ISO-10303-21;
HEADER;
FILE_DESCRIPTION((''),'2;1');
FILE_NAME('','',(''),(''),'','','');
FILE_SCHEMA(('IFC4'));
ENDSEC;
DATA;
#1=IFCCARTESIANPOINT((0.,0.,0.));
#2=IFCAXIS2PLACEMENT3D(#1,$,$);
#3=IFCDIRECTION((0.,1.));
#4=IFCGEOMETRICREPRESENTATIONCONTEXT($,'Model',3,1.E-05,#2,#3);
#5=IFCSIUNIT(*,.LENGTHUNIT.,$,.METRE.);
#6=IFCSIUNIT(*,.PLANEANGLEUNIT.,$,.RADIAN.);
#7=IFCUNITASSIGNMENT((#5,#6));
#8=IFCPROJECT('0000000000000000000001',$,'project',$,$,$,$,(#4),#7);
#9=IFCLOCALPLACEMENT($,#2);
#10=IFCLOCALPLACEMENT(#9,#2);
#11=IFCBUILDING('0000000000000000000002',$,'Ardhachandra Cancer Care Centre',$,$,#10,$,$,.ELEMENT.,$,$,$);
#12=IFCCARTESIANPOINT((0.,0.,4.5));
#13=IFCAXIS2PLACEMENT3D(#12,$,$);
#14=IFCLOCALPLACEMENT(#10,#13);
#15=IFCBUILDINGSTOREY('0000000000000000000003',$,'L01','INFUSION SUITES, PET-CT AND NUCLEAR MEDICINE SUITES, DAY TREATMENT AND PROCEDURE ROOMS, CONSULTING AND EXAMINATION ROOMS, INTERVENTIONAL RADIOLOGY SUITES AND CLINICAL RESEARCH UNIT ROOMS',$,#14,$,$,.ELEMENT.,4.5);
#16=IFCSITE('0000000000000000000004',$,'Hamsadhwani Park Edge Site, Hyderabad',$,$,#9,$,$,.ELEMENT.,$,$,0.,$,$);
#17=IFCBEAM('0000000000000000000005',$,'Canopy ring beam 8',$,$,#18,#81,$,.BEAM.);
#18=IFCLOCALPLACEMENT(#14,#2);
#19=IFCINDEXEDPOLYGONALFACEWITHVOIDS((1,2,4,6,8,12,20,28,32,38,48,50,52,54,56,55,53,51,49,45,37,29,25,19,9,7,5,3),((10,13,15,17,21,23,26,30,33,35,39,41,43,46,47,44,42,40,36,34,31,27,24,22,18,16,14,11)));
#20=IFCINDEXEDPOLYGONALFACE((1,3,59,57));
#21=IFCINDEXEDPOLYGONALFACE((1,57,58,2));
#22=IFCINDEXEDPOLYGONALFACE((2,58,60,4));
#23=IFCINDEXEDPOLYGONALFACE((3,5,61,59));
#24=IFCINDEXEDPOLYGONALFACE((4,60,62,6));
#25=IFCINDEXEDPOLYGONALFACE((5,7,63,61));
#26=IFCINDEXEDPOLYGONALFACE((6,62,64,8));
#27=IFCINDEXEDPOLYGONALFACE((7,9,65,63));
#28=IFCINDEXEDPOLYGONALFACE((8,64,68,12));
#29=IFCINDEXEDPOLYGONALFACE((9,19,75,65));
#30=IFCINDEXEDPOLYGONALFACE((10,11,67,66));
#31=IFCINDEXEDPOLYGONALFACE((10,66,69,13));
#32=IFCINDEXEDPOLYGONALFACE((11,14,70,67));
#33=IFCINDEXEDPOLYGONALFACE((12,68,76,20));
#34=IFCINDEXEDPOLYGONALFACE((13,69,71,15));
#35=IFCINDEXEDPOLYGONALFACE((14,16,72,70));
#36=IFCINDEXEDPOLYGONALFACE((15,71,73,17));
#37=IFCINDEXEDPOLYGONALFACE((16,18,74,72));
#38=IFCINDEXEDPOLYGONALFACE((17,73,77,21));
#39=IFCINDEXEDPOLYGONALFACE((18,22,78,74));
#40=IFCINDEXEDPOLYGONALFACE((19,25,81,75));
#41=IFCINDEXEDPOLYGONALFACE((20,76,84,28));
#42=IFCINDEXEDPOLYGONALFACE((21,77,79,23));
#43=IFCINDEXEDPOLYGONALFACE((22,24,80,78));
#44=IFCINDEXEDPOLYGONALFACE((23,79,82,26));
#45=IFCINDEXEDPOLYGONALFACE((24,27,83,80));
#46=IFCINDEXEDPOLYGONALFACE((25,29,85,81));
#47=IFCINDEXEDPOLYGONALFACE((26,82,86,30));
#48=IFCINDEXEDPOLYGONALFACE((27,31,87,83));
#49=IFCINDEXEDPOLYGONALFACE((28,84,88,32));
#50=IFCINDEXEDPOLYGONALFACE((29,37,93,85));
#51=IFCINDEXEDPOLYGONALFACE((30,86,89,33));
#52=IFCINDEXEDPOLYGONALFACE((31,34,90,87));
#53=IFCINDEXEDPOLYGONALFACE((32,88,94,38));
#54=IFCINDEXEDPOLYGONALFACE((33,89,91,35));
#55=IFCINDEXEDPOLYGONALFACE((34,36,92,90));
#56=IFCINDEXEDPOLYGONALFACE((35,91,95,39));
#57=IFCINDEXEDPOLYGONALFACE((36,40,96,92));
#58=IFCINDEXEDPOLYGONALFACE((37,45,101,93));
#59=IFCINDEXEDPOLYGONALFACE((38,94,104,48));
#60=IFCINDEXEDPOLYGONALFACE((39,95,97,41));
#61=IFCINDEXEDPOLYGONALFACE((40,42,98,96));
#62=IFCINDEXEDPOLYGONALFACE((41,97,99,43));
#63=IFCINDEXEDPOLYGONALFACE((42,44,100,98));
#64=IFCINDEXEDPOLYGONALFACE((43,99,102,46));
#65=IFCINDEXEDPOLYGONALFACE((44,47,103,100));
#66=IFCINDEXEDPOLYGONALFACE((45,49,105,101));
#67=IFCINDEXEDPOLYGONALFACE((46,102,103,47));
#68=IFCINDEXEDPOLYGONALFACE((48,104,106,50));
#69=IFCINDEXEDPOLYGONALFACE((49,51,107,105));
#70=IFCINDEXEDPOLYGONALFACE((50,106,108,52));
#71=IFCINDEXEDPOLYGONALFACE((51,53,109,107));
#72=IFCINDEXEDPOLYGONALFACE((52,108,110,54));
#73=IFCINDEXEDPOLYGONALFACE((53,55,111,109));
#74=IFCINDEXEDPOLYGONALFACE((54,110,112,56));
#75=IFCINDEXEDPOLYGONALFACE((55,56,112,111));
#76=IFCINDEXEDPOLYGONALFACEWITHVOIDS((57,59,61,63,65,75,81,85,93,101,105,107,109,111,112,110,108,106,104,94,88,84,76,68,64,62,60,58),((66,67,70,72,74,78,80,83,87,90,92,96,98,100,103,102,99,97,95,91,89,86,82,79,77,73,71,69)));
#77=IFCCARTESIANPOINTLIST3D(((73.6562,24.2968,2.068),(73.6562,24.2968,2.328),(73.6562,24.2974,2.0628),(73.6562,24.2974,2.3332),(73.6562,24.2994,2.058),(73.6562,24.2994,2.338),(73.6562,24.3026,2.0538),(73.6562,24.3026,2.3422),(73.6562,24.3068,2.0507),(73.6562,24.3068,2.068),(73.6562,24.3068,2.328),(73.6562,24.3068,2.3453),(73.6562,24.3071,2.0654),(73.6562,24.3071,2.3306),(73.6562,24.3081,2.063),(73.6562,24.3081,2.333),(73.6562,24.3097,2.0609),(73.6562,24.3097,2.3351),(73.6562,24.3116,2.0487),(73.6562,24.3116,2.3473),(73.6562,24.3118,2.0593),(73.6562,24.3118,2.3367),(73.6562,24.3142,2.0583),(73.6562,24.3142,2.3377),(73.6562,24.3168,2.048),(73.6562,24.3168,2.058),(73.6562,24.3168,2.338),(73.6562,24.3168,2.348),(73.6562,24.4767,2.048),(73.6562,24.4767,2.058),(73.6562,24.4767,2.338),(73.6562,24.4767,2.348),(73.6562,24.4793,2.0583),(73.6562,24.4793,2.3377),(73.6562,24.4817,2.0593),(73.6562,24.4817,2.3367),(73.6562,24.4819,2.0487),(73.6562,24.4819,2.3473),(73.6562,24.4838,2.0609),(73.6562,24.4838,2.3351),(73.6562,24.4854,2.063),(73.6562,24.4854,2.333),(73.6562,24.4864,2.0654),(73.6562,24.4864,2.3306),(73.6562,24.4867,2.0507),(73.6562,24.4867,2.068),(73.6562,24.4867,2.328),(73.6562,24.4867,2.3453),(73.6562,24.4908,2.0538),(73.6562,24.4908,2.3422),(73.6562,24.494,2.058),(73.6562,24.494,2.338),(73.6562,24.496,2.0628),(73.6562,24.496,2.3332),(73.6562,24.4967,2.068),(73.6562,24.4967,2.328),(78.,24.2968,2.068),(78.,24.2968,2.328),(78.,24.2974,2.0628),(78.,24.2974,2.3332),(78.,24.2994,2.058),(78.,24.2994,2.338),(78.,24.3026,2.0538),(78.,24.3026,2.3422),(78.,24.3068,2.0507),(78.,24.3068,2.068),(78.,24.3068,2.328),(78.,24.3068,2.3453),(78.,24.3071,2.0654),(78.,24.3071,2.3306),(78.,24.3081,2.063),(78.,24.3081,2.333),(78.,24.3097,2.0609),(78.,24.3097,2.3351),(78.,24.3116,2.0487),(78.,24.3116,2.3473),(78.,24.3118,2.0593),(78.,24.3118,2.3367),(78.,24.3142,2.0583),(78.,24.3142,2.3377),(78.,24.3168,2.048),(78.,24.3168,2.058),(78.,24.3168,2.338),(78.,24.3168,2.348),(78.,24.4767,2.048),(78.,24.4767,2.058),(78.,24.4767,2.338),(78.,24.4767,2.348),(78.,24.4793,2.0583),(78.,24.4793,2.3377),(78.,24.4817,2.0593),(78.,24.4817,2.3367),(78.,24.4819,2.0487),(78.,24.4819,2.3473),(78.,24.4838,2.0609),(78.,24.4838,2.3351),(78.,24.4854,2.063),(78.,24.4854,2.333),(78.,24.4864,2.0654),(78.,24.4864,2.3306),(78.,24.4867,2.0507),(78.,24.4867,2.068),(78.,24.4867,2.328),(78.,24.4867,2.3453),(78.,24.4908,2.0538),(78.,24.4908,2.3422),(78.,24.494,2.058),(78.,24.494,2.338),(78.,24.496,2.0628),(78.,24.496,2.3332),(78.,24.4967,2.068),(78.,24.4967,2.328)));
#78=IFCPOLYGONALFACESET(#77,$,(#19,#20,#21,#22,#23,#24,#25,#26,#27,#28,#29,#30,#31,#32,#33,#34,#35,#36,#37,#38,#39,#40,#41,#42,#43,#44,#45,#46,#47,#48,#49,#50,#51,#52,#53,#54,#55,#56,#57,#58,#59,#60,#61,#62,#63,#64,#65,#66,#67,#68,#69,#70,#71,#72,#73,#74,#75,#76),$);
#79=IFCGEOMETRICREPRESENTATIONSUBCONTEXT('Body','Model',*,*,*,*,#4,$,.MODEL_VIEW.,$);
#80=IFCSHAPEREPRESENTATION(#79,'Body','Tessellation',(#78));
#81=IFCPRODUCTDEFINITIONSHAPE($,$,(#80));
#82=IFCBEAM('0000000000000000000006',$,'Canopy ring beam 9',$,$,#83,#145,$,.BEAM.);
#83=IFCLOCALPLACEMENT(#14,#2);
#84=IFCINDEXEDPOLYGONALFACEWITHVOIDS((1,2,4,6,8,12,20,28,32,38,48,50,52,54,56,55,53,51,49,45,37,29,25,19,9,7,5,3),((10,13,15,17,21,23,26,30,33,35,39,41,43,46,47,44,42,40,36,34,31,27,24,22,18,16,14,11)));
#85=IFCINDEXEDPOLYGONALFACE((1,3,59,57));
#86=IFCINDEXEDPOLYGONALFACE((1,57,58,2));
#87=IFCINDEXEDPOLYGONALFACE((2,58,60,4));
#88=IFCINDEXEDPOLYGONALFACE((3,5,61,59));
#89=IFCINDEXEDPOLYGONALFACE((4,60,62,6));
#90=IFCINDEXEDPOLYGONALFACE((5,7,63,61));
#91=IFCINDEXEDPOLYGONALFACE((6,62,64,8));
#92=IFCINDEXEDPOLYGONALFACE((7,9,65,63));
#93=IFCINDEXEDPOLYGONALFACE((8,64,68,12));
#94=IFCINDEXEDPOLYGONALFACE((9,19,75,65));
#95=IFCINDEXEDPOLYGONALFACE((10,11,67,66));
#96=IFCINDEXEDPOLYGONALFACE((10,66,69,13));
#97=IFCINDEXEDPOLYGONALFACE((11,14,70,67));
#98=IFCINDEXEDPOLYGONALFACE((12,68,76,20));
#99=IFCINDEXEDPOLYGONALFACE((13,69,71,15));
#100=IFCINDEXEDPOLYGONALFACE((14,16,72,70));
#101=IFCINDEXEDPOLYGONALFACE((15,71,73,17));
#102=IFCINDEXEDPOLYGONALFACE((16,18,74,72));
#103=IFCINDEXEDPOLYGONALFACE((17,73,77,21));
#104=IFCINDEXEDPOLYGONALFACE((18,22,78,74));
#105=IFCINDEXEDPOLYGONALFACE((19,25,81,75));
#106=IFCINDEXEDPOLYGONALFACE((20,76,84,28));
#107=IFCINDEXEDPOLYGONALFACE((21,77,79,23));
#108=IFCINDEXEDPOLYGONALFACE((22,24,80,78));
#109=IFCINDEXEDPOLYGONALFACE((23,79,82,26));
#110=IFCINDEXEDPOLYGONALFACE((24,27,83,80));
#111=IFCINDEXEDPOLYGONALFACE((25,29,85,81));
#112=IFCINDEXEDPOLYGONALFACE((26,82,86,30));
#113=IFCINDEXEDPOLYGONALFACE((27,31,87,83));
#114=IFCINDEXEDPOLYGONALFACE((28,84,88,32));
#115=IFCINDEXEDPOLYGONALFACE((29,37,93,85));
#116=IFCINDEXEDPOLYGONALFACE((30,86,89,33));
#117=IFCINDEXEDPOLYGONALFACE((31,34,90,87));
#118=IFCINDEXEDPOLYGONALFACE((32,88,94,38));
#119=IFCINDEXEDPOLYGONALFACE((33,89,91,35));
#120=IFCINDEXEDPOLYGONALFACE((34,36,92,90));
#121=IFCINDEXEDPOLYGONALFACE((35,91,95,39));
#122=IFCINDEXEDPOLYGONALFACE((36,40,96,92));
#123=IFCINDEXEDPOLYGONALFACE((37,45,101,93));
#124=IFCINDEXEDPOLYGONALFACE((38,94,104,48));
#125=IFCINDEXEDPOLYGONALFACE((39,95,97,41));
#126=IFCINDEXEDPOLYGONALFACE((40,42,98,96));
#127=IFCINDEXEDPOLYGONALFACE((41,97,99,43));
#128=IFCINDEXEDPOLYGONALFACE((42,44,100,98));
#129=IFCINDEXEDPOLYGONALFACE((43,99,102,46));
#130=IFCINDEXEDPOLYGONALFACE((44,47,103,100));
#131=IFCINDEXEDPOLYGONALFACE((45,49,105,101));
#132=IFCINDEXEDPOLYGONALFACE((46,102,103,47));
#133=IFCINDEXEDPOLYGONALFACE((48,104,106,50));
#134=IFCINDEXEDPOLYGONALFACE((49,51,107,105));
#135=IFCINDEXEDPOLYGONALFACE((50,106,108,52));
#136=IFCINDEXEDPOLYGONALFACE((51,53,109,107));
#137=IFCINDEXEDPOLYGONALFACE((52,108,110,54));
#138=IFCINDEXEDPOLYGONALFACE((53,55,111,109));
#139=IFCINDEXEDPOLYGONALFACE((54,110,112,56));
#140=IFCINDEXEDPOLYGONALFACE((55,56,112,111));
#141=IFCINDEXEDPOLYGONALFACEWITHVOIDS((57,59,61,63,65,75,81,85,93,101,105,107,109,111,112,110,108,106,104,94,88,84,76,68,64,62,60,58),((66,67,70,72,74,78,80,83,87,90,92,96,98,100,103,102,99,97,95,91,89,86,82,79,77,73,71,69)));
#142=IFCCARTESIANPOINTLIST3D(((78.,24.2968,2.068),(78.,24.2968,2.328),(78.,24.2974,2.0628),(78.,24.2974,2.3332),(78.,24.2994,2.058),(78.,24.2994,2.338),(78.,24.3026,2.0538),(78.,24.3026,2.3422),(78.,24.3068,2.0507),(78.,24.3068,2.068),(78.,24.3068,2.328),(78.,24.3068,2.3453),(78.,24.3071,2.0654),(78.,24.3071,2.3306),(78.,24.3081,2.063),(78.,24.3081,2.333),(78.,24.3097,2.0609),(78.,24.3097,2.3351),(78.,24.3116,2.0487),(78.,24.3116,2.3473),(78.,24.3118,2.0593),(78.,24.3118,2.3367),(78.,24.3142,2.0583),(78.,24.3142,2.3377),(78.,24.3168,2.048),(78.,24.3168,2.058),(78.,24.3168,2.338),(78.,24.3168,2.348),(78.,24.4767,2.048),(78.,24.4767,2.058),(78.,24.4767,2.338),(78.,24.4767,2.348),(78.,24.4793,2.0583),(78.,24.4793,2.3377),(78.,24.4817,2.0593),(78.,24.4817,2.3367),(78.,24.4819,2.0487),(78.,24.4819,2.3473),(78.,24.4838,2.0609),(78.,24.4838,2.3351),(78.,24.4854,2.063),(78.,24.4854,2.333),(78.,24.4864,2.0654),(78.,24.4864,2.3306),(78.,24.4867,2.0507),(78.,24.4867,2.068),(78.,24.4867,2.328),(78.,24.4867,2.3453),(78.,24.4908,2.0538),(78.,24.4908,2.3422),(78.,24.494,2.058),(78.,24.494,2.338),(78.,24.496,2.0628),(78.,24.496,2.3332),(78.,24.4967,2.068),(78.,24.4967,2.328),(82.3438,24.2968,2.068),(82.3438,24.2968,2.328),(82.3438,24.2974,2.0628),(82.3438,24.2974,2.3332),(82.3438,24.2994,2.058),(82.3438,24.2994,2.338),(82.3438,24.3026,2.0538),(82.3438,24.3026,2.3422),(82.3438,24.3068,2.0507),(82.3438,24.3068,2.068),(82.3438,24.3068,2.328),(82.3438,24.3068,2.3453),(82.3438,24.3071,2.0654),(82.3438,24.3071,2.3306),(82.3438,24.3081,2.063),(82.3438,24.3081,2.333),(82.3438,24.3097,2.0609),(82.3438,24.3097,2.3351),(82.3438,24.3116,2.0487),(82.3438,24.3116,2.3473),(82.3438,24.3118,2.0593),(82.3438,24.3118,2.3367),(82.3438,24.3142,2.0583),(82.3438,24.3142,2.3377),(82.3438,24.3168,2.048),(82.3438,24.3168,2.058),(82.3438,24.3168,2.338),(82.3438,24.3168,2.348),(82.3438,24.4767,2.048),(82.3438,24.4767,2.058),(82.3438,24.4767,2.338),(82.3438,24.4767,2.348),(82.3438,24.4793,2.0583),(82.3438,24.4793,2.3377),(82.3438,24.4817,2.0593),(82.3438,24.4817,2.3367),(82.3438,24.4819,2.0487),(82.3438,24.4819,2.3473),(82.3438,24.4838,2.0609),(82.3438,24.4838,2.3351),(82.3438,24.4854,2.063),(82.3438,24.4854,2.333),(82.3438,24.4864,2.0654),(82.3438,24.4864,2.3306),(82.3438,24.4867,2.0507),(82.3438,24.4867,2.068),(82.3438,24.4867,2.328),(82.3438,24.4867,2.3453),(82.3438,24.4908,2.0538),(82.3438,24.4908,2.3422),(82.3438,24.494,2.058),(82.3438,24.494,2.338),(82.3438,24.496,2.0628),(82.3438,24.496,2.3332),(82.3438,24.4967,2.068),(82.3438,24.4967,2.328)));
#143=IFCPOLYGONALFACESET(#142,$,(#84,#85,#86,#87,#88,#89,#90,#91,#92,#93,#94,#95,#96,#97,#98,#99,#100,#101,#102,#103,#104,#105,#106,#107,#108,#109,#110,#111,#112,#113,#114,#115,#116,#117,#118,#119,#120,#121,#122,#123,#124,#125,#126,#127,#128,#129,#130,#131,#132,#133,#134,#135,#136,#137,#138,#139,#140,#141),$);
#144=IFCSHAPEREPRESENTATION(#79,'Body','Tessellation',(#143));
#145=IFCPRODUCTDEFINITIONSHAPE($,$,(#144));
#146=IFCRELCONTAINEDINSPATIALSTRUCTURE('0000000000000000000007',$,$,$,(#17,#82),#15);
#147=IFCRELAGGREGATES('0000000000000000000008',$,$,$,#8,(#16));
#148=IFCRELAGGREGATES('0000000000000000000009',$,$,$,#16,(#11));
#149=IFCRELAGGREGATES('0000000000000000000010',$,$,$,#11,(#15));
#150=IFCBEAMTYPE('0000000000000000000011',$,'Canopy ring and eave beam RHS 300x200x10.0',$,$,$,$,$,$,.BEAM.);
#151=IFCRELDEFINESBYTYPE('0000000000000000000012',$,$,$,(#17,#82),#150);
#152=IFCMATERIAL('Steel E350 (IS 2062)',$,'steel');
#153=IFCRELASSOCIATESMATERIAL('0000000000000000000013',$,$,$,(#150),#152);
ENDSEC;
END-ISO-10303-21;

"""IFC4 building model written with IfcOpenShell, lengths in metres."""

from ifc_helpers import new_model, si_unit, direction, frame, origin, origin_2d, place, context, subcontext, project, spatial, hollow_rectangle, extrude, material, material_profile, profile_set, type_object, element, save


model = new_model("IFC4")

# Units and contexts
model_context = context("Model", 3, precision=1e-05, world=origin(), true_north=direction((0.0, 1.0)))
body_context = subcontext(model_context, "Body", "Model", "MODEL_VIEW")
ifc_project = project(units=[si_unit("LENGTHUNIT", "METRE"), si_unit("PLANEANGLEUNIT", "RADIAN")], contexts=[model_context])

# Site, building, storey
site_placement = place(None, origin())
site = spatial("IfcSite", under=ifc_project, at=site_placement, Name="Hamsadhwani Park Edge Site, Hyderabad", CompositionType="ELEMENT", RefElevation=0.0)
building_placement = place(site_placement, origin())
building = spatial("IfcBuilding", under=site, at=building_placement, Name="Ardhachandra Cancer Care Centre", CompositionType="ELEMENT")
storey_placement = place(building_placement, frame((0.0, 0.0, 4.5)))
storey = spatial("IfcBuildingStorey", under=building, at=storey_placement, Name="L01", Description="INFUSION SUITES, PET-CT AND NUCLEAR MEDICINE SUITES, DAY TREATMENT AND PROCEDURE ROOMS, CONSULTING AND EXAMINATION ROOMS, INTERVENTIONAL RADIOLOGY SUITES AND CLINICAL RESEARCH UNIT ROOMS", CompositionType="ELEMENT", Elevation=4.5)

# Beams
ifc_material_1 = material(Name="Steel E350 (IS 2062)", Category="steel")
ifc_material_profile_1 = material_profile(ifc_material_1, hollow_rectangle(XDim=0.2, YDim=0.3, WallThickness=0.01, InnerFilletRadius=0.01, OuterFilletRadius=0.02, at=origin_2d()), Name="RHS 300x200x10.0")
ifc_profile_set_1 = profile_set([ifc_material_profile_1], Name="Steel E350 (IS 2062)")
beam_type = type_object("IfcBeamType", Name="Canopy ring and eave beam RHS 300x200x10.0", PredefinedType="BEAM", material=ifc_profile_set_1)
for number, where, z_axis, x_axis, name in (
    (1, (73.6562, 24.3967, 2.198), (1.0, 0.0, 0.0), (0.0, 1.0, 0.0), "Canopy ring beam 8"),
    (2, (78.0, 24.3967, 2.198), (1.0, 0.0, 0.0), (0.0, 1.0, 0.0), "Canopy ring beam 9"),
):
    element("IfcBeam", number, at=place(storey_placement, frame(where, z_axis=z_axis, x_axis=x_axis)), inside=storey, type_object=beam_type, Name=name, PredefinedType="BEAM", context=body_context, shape_type="SweptSolid", body=[
        extrude(hollow_rectangle(XDim=0.2, YDim=0.3, WallThickness=0.01, InnerFilletRadius=0.01, OuterFilletRadius=0.02, at=origin_2d()), origin(), (0.0, 0.0, 1.0), 4.3438),
    ])

save(model, "model.ifc")
